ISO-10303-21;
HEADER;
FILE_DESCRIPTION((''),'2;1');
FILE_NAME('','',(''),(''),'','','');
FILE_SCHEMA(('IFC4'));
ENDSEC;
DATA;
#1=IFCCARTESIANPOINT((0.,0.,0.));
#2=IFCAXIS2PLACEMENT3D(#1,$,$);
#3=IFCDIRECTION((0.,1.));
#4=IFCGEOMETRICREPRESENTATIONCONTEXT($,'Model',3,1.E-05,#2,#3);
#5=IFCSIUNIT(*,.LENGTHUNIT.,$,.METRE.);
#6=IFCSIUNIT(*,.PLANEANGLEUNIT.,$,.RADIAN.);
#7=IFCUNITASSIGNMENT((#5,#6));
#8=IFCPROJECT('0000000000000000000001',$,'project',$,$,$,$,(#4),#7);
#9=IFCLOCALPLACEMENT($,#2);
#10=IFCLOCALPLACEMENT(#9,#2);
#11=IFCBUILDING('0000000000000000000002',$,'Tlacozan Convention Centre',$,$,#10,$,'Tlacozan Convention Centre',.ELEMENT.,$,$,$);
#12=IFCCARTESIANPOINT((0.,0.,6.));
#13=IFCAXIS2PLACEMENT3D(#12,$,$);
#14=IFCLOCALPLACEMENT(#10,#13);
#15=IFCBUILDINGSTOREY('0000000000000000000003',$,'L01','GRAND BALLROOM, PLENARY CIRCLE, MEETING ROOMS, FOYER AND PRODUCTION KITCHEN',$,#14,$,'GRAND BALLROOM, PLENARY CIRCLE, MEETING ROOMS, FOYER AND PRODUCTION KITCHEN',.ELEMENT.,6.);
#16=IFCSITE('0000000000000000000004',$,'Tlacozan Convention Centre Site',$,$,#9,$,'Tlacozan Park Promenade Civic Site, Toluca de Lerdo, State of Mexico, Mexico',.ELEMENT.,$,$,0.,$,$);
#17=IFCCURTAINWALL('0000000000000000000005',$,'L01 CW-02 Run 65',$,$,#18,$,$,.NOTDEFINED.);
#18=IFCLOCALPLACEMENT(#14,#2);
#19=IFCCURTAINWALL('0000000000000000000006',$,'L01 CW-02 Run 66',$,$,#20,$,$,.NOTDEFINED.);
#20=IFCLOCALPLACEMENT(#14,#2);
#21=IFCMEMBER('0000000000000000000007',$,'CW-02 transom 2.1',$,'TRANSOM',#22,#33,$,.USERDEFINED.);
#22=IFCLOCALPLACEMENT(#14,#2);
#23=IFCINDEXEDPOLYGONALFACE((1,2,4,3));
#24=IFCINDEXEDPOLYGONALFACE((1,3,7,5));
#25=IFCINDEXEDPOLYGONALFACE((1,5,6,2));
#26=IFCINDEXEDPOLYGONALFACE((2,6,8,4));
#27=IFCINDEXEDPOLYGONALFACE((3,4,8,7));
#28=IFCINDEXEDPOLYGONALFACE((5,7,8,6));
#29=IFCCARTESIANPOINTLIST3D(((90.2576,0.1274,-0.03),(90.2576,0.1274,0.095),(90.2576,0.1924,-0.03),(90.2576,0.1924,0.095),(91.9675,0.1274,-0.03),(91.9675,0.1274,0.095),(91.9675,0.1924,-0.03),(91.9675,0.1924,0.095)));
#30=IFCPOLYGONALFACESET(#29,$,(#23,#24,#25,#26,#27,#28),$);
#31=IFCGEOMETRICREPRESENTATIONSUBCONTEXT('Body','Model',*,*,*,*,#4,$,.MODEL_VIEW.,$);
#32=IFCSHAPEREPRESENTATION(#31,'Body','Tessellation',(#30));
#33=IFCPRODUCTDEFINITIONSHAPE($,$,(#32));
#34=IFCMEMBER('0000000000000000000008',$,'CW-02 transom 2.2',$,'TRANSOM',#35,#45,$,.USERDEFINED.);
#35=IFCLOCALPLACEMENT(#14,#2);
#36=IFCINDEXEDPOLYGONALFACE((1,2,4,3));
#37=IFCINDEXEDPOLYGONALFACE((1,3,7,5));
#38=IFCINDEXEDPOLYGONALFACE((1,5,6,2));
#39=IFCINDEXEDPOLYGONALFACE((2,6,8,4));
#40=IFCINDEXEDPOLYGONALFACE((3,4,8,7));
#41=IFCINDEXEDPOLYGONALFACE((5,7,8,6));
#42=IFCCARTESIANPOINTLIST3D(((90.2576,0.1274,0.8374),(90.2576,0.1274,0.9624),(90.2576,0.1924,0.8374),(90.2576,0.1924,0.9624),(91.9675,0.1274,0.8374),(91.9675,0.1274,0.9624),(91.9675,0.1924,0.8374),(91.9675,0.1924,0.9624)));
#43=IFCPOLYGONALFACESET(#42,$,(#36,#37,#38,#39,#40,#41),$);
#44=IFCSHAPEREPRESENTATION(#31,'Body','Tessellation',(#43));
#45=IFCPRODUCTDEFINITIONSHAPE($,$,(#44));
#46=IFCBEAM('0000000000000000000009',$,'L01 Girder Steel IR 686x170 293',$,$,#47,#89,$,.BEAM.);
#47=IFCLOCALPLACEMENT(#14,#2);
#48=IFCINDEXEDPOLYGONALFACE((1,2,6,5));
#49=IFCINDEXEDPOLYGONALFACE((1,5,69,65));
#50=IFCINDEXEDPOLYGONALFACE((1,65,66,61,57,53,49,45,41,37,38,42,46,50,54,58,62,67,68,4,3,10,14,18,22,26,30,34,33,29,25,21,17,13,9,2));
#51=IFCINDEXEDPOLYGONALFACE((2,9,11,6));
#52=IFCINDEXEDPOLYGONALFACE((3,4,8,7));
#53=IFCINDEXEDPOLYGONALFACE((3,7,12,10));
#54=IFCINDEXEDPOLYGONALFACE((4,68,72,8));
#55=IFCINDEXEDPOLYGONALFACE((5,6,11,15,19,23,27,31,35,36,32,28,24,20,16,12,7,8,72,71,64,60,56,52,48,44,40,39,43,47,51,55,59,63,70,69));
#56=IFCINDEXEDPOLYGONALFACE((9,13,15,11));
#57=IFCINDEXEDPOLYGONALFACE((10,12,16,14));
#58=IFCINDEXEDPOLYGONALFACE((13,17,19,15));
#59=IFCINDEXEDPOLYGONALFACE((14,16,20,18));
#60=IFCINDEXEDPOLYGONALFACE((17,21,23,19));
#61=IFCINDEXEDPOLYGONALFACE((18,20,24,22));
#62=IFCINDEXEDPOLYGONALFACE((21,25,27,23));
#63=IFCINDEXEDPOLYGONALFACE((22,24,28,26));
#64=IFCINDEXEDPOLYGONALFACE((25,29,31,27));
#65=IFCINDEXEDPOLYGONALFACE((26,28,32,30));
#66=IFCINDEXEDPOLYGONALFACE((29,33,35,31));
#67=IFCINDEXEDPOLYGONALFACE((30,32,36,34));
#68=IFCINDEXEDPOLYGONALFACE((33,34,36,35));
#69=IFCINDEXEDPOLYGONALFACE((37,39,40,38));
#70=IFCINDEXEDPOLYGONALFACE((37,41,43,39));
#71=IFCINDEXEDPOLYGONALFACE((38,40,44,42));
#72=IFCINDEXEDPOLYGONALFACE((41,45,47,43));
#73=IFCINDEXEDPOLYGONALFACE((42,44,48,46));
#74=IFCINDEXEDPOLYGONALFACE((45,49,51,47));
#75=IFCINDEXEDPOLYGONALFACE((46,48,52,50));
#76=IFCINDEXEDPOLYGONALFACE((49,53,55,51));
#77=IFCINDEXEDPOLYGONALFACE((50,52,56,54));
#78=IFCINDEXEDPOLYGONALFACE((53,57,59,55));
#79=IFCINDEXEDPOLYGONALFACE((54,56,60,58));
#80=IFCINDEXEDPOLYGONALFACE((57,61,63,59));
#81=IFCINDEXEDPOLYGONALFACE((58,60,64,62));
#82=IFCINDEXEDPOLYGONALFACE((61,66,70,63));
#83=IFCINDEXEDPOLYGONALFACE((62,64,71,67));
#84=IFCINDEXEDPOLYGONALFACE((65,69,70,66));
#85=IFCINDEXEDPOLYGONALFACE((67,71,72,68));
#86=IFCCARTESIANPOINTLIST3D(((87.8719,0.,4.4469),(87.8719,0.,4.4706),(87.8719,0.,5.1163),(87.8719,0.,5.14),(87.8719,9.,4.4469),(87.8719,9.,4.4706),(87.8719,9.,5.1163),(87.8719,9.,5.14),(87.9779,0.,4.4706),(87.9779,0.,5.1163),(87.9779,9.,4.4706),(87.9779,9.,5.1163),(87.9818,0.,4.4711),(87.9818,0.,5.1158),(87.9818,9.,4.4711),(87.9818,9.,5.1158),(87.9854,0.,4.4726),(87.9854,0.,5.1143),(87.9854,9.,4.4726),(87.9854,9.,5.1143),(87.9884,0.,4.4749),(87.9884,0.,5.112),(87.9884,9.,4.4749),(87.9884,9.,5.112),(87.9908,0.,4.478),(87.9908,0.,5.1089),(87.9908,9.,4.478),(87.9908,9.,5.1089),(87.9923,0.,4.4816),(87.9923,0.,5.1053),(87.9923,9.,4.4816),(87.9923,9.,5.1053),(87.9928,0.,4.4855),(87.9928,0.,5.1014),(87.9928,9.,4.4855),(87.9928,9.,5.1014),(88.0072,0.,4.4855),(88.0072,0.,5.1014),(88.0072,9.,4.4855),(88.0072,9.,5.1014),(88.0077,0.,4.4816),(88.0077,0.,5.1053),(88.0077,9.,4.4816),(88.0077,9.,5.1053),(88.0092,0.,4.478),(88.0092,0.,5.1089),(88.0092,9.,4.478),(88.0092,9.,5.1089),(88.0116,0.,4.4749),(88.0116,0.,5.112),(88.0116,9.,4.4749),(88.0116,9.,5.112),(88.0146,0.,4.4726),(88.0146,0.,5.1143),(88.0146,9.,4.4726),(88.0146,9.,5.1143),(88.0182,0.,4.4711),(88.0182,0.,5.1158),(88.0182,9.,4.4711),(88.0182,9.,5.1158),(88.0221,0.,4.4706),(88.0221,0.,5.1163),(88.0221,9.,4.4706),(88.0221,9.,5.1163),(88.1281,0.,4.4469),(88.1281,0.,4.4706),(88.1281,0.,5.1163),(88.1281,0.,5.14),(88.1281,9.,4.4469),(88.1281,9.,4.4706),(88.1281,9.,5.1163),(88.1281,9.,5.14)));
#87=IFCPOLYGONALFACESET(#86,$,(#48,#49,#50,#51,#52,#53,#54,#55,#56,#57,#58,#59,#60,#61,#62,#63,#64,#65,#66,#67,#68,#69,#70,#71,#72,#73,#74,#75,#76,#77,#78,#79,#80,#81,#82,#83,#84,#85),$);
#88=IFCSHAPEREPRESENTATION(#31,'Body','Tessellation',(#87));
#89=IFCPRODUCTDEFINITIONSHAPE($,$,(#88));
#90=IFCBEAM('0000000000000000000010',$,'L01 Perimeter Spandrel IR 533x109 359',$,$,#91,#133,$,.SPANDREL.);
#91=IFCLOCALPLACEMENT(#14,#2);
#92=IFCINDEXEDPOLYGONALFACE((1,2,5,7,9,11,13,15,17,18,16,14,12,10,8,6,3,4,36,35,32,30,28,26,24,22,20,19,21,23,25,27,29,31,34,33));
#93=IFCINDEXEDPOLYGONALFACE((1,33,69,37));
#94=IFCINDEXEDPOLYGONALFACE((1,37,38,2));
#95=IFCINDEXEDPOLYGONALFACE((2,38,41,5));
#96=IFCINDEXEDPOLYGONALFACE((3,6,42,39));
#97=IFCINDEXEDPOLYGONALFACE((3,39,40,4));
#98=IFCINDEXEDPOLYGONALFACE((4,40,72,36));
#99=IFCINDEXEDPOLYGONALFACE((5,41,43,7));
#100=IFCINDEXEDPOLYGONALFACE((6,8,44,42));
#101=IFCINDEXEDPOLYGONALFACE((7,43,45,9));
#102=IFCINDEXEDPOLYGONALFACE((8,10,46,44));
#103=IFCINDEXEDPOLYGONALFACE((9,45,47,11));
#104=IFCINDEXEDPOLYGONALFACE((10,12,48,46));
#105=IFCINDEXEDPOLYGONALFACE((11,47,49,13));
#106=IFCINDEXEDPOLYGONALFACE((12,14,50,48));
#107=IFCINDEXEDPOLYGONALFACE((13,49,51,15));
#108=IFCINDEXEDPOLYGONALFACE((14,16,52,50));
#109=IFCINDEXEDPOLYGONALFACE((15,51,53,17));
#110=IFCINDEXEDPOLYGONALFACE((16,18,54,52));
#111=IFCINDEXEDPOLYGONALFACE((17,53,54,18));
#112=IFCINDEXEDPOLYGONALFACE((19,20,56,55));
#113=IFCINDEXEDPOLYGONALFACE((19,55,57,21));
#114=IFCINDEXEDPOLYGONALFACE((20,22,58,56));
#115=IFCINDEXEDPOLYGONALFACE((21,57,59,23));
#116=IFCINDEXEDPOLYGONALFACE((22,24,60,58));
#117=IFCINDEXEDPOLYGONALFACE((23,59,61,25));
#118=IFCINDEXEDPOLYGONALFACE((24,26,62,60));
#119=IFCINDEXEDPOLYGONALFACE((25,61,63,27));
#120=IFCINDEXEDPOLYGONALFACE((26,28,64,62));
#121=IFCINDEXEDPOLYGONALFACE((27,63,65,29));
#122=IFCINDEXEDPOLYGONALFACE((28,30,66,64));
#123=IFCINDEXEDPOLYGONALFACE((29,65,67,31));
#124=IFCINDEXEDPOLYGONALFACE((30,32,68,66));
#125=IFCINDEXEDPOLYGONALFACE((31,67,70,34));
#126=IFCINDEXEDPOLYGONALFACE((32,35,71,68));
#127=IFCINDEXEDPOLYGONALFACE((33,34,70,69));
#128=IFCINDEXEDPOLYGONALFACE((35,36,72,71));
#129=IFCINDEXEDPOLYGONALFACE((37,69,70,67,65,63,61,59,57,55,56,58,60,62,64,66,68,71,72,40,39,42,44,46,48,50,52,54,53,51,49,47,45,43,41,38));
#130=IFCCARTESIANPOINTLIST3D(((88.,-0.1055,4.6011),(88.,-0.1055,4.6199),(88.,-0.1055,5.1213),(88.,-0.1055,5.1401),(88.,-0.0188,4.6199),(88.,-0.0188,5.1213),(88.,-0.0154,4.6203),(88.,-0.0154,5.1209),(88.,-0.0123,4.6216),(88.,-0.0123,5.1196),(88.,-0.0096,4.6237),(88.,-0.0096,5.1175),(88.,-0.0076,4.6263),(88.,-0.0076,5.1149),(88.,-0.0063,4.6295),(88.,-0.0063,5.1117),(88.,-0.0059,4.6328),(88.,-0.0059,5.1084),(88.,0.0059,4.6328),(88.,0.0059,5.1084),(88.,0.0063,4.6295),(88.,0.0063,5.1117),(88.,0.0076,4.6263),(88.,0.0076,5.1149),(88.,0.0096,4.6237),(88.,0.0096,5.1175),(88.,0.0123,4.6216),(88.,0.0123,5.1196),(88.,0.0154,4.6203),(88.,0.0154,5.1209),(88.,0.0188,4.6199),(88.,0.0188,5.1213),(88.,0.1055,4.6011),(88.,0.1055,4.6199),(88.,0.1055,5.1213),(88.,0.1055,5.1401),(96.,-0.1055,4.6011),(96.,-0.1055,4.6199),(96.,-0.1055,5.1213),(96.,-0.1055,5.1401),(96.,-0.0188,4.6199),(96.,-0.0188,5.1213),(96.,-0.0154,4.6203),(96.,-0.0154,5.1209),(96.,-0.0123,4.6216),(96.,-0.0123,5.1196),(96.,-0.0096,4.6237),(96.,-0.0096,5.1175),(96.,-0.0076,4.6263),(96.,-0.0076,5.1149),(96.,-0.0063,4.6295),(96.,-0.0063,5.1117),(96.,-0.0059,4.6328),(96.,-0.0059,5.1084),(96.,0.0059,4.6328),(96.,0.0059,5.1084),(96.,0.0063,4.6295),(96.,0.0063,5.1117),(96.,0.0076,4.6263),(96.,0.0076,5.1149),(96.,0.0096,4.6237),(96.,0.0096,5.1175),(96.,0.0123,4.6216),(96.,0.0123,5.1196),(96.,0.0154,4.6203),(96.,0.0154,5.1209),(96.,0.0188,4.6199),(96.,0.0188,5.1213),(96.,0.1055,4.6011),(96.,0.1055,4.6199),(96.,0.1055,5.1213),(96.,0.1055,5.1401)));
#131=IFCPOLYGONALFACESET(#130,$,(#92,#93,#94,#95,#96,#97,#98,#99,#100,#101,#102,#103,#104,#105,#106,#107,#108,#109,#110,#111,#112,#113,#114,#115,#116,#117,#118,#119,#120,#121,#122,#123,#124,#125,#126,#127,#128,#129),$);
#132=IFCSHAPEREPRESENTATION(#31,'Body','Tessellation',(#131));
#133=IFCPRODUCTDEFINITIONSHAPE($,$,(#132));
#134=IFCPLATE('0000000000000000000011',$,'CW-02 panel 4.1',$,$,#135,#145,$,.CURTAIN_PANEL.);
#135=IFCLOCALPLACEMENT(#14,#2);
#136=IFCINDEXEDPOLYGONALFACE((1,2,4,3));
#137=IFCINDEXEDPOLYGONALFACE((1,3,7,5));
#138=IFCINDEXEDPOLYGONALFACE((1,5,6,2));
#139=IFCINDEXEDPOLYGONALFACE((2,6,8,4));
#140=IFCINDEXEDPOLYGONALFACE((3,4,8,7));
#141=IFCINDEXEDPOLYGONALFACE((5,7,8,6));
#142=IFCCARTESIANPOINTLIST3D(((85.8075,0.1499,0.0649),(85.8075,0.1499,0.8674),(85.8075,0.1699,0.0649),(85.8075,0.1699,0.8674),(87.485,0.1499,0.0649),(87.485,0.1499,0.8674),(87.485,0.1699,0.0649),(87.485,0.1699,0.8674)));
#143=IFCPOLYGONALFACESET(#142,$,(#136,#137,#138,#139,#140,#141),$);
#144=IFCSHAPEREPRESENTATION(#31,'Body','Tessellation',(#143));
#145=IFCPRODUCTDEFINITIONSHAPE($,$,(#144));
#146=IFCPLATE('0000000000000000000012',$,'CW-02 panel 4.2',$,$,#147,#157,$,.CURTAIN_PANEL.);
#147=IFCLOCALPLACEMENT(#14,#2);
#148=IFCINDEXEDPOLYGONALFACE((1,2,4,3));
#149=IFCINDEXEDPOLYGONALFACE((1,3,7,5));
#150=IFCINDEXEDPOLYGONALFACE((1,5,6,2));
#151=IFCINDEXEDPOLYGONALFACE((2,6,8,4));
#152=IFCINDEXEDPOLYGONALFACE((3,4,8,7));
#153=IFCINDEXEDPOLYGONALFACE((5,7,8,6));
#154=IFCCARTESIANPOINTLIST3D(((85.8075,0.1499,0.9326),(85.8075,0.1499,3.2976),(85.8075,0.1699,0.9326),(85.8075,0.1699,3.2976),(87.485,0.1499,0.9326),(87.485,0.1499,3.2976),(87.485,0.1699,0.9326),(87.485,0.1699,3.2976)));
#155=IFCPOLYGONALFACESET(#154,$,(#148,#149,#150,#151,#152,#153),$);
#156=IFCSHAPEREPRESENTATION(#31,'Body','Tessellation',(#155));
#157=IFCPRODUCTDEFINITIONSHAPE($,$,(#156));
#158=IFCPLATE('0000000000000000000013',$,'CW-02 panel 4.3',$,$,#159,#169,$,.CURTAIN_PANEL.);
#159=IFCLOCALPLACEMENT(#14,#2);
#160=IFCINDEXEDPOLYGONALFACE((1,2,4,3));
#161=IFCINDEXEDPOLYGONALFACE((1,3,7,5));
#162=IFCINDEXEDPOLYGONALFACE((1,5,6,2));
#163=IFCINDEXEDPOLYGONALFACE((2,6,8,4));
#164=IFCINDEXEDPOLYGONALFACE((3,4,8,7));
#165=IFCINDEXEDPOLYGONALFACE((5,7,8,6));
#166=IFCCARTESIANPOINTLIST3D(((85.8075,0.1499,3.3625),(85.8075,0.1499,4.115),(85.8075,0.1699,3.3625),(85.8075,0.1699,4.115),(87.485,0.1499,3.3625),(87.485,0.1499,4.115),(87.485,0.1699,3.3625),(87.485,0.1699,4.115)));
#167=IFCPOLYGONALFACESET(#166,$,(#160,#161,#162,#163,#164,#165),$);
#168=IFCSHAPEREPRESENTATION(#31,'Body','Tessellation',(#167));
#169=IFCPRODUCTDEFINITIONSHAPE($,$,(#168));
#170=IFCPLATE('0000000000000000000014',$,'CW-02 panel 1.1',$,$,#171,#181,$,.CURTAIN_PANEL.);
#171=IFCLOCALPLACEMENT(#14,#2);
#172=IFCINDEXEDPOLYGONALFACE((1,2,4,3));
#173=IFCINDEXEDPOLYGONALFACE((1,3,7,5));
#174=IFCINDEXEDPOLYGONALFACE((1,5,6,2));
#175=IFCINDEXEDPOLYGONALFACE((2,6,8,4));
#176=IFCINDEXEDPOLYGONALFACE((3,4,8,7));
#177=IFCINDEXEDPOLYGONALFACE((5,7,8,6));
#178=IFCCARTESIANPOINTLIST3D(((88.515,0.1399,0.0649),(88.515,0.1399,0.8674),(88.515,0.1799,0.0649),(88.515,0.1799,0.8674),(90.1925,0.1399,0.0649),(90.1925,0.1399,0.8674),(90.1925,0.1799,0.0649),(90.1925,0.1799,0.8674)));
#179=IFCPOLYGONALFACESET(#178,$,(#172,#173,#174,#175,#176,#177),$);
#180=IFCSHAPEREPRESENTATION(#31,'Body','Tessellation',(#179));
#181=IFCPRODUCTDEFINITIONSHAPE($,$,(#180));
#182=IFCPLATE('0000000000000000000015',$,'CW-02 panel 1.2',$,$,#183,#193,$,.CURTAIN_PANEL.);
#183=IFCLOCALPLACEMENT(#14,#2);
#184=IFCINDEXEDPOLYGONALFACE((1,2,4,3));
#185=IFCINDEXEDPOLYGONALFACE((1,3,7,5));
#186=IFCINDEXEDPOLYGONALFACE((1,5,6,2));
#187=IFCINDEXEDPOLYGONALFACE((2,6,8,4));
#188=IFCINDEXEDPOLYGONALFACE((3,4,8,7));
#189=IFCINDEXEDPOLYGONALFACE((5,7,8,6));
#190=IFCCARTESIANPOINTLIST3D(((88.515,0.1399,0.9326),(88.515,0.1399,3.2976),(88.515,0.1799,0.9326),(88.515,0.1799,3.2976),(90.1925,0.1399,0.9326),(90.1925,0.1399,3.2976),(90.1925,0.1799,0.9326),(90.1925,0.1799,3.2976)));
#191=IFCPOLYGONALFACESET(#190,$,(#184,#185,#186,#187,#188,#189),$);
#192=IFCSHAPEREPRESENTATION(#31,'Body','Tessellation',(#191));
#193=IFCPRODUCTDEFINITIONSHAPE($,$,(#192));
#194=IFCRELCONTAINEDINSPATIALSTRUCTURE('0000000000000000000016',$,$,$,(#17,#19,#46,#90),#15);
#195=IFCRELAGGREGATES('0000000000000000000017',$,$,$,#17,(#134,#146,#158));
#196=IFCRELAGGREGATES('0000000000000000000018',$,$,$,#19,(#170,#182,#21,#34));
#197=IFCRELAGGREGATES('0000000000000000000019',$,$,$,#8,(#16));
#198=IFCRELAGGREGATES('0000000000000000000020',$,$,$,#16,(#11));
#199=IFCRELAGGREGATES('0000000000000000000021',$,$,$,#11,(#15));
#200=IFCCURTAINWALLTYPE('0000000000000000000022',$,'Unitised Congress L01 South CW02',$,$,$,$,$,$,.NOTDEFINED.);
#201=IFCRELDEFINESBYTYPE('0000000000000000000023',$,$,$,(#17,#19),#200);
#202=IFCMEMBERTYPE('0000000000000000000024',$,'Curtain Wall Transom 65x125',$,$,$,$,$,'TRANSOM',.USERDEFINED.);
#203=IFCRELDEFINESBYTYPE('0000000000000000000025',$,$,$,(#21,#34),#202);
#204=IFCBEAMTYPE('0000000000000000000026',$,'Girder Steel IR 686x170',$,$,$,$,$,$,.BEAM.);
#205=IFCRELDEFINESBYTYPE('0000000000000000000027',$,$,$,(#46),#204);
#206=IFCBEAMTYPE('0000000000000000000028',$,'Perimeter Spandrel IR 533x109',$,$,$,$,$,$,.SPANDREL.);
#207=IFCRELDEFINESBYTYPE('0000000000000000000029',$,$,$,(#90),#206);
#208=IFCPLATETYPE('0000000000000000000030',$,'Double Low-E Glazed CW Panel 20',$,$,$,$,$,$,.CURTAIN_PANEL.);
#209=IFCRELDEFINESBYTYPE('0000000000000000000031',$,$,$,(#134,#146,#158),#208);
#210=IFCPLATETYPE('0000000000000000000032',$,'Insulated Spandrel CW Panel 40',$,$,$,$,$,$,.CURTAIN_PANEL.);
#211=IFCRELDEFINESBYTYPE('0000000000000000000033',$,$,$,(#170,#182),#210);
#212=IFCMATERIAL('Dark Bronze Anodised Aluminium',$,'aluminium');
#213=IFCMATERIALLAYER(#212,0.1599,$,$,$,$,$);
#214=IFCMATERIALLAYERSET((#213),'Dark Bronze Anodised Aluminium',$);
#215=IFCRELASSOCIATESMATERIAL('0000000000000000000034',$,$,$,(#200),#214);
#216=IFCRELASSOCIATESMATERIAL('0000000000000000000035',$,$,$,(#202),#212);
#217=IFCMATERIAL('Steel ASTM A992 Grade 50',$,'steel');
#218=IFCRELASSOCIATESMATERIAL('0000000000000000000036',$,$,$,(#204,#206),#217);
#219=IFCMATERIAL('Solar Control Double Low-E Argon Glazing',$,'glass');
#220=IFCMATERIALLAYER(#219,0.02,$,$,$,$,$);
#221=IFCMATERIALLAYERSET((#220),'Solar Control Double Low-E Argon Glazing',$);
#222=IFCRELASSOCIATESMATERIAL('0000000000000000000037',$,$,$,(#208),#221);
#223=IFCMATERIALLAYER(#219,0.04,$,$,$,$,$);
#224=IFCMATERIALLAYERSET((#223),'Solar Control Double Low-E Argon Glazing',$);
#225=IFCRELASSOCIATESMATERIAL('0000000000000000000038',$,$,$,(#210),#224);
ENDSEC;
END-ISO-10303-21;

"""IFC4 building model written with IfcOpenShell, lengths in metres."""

from ifc_helpers import new_model, si_unit, direction, frame, origin, origin_2d, place, context, subcontext, project, spatial, rectangle, i_section, extrude, material, layer, layer_set, material_profile, profile_set, type_object, element, aggregate, save


model = new_model("IFC4")

# Units and contexts
model_context = context("Model", 3, precision=1e-05, world=origin(), true_north=direction((0.0, 1.0)))
body_context = subcontext(model_context, "Body", "Model", "MODEL_VIEW")
ifc_project = project(units=[si_unit("LENGTHUNIT", "METRE"), si_unit("PLANEANGLEUNIT", "RADIAN")], contexts=[model_context])

# Site, building, storey
site_placement = place(None, origin())
site = spatial("IfcSite", under=ifc_project, at=site_placement, Name="Tlacozan Convention Centre Site", LongName="Tlacozan Park Promenade Civic Site, Toluca de Lerdo, State of Mexico, Mexico", CompositionType="ELEMENT", RefElevation=0.0)
building_placement = place(site_placement, origin())
building = spatial("IfcBuilding", under=site, at=building_placement, Name="Tlacozan Convention Centre", LongName="Tlacozan Convention Centre", CompositionType="ELEMENT")
storey_placement = place(building_placement, frame((0.0, 0.0, 6.0)))
storey = spatial("IfcBuildingStorey", under=building, at=storey_placement, Name="L01", Description="GRAND BALLROOM, PLENARY CIRCLE, MEETING ROOMS, FOYER AND PRODUCTION KITCHEN", LongName="GRAND BALLROOM, PLENARY CIRCLE, MEETING ROOMS, FOYER AND PRODUCTION KITCHEN", CompositionType="ELEMENT", Elevation=6.0)

# Curtain wall
ifc_material_1 = material(Name="Dark Bronze Anodised Aluminium", Category="aluminium")
ifc_layer_1 = layer(ifc_material_1, 0.1599)
ifc_layer_set_1 = layer_set([ifc_layer_1], Name="Dark Bronze Anodised Aluminium")
curtain_wall_type = type_object("IfcCurtainWallType", Name="Unitised Congress L01 South CW02", PredefinedType="NOTDEFINED", material=ifc_layer_set_1)
curtain_wall_1_placement = place(storey_placement, origin())
curtain_wall_1 = element("IfcCurtainWall", 1, at=curtain_wall_1_placement, inside=storey, type_object=curtain_wall_type, Name="L01 CW-02 Run 65", PredefinedType="NOTDEFINED")

# Curtain wall
curtain_wall_2_placement = place(storey_placement, origin())
curtain_wall_2 = element("IfcCurtainWall", 2, at=curtain_wall_2_placement, inside=storey, type_object=curtain_wall_type, Name="L01 CW-02 Run 66", PredefinedType="NOTDEFINED")

# Members
ifc_material_profile_1 = material_profile(ifc_material_1, rectangle(XDim=0.0649, YDim=0.125, at=origin_2d()), Name="ALU 65x125")
ifc_profile_set_1 = profile_set([ifc_material_profile_1], Name="Dark Bronze Anodised Aluminium")
member_type_1 = type_object("IfcMemberType", Name="Curtain Wall Transom 65x125", ElementType="TRANSOM", PredefinedType="USERDEFINED", material=ifc_profile_set_1)
member_1_placement = place(storey_placement, frame((90.2576, 0.1599, 0.0325), z_axis=(1.0, 0.0, 0.0), x_axis=(0.0, 1.0, 0.0)))
member_1 = element("IfcMember", 3, at=member_1_placement, type_object=member_type_1, Name="CW-02 transom 2.1", ObjectType="TRANSOM", PredefinedType="USERDEFINED", context=body_context, shape_type="SweptSolid", body=[
    extrude(rectangle(XDim=0.0649, YDim=0.125, at=origin_2d()), origin(), (0.0, 0.0, 1.0), 1.71),
])
member_2_placement = place(storey_placement, frame((90.2576, 0.1599, 0.8999), z_axis=(1.0, 0.0, 0.0), x_axis=(0.0, 1.0, 0.0)))
member_2 = element("IfcMember", 4, at=member_2_placement, type_object=member_type_1, Name="CW-02 transom 2.2", ObjectType="TRANSOM", PredefinedType="USERDEFINED", context=body_context, shape_type="SweptSolid", body=[
    extrude(rectangle(XDim=0.0649, YDim=0.125, at=origin_2d()), origin(), (0.0, 0.0, 1.0), 1.71),
])

# Beams
ifc_material_2 = material(Name="Steel ASTM A992 Grade 50", Category="steel")
ifc_material_profile_2 = material_profile(ifc_material_2, i_section(OverallWidth=0.2561, OverallDepth=0.6931, WebThickness=0.0144, FlangeThickness=0.0237, FilletRadius=0.0149, at=origin_2d()), Name="IR 686x170.0")
ifc_profile_set_2 = profile_set([ifc_material_profile_2], Name="Steel ASTM A992 Grade 50")
beam_type_1 = type_object("IfcBeamType", Name="Girder Steel IR 686x170", PredefinedType="BEAM", material=ifc_profile_set_2)
beam_1_placement = place(storey_placement, frame((88.0, 0.0, 4.7935), z_axis=(0.0, 1.0, 0.0), x_axis=(-1.0, 0.0, 0.0)))
element("IfcBeam", 5, at=beam_1_placement, inside=storey, type_object=beam_type_1, Name="L01 Girder Steel IR 686x170 293", PredefinedType="BEAM", context=body_context, shape_type="SweptSolid", body=[
    extrude(i_section(OverallWidth=0.2561, OverallDepth=0.6931, WebThickness=0.0144, FlangeThickness=0.0237, FilletRadius=0.0149, at=origin_2d()), origin(), (0.0, 0.0, 1.0), 9.0),
])
ifc_material_profile_3 = material_profile(ifc_material_2, i_section(OverallWidth=0.2109, OverallDepth=0.5391, WebThickness=0.0117, FlangeThickness=0.0188, FilletRadius=0.0129, at=origin_2d()), Name="IR 533x109.0")
ifc_profile_set_3 = profile_set([ifc_material_profile_3], Name="Steel ASTM A992 Grade 50")
beam_type_2 = type_object("IfcBeamType", Name="Perimeter Spandrel IR 533x109", PredefinedType="SPANDREL", material=ifc_profile_set_3)
beam_2_placement = place(storey_placement, frame((88.0, 0.0, 4.8706), z_axis=(1.0, 0.0, 0.0), x_axis=(0.0, 1.0, 0.0)))
element("IfcBeam", 6, at=beam_2_placement, inside=storey, type_object=beam_type_2, Name="L01 Perimeter Spandrel IR 533x109 359", PredefinedType="SPANDREL", context=body_context, shape_type="SweptSolid", body=[
    extrude(i_section(OverallWidth=0.2109, OverallDepth=0.5391, WebThickness=0.0117, FlangeThickness=0.0188, FilletRadius=0.0129, at=origin_2d()), origin(), (0.0, 0.0, 1.0), 8.0),
])

# Plates
ifc_material_3 = material(Name="Solar Control Double Low-E Argon Glazing", Category="glass")
ifc_layer_2 = layer(ifc_material_3, 0.02)
ifc_layer_set_2 = layer_set([ifc_layer_2], Name="Solar Control Double Low-E Argon Glazing")
plate_type_1 = type_object("IfcPlateType", Name="Double Low-E Glazed CW Panel 20", PredefinedType="CURTAIN_PANEL", material=ifc_layer_set_2)
plate_1_placement = place(storey_placement, frame((86.6462, 0.1599, 0.0649), z_axis=(0.0, 0.0, 1.0), x_axis=(1.0, 0.0, 0.0)))
plate_1 = element("IfcPlate", 7, at=plate_1_placement, type_object=plate_type_1, Name="CW-02 panel 4.1", PredefinedType="CURTAIN_PANEL", context=body_context, shape_type="SweptSolid", body=[
    extrude(rectangle(XDim=1.6775, YDim=0.02, at=origin_2d()), origin(), (0.0, 0.0, 1.0), 0.8025),
])
plate_2_placement = place(storey_placement, frame((86.6462, 0.1599, 0.9326), z_axis=(0.0, 0.0, 1.0), x_axis=(1.0, 0.0, 0.0)))
plate_2 = element("IfcPlate", 8, at=plate_2_placement, type_object=plate_type_1, Name="CW-02 panel 4.2", PredefinedType="CURTAIN_PANEL", context=body_context, shape_type="SweptSolid", body=[
    extrude(rectangle(XDim=1.6775, YDim=0.02, at=origin_2d()), origin(), (0.0, 0.0, 1.0), 2.365),
])
plate_3_placement = place(storey_placement, frame((86.6462, 0.1599, 3.3625), z_axis=(0.0, 0.0, 1.0), x_axis=(1.0, 0.0, 0.0)))
plate_3 = element("IfcPlate", 9, at=plate_3_placement, type_object=plate_type_1, Name="CW-02 panel 4.3", PredefinedType="CURTAIN_PANEL", context=body_context, shape_type="SweptSolid", body=[
    extrude(rectangle(XDim=1.6775, YDim=0.02, at=origin_2d()), origin(), (0.0, 0.0, 1.0), 0.7524),
])
aggregate(curtain_wall_1, [plate_1, plate_2, plate_3])
ifc_layer_3 = layer(ifc_material_3, 0.04)
ifc_layer_set_3 = layer_set([ifc_layer_3], Name="Solar Control Double Low-E Argon Glazing")
plate_type_2 = type_object("IfcPlateType", Name="Insulated Spandrel CW Panel 40", PredefinedType="CURTAIN_PANEL", material=ifc_layer_set_3)
plate_4_placement = place(storey_placement, frame((89.3538, 0.1599, 0.0649), z_axis=(0.0, 0.0, 1.0), x_axis=(1.0, 0.0, 0.0)))
plate_4 = element("IfcPlate", 10, at=plate_4_placement, type_object=plate_type_2, Name="CW-02 panel 1.1", PredefinedType="CURTAIN_PANEL", context=body_context, shape_type="SweptSolid", body=[
    extrude(rectangle(XDim=1.6775, YDim=0.04, at=origin_2d()), origin(), (0.0, 0.0, 1.0), 0.8025),
])
plate_5_placement = place(storey_placement, frame((89.3538, 0.1599, 0.9326), z_axis=(0.0, 0.0, 1.0), x_axis=(1.0, 0.0, 0.0)))
plate_5 = element("IfcPlate", 11, at=plate_5_placement, type_object=plate_type_2, Name="CW-02 panel 1.2", PredefinedType="CURTAIN_PANEL", context=body_context, shape_type="SweptSolid", body=[
    extrude(rectangle(XDim=1.6775, YDim=0.04, at=origin_2d()), origin(), (0.0, 0.0, 1.0), 2.365),
])
aggregate(curtain_wall_2, [plate_4, plate_5, member_1, member_2])

save(model, "model.ifc")
